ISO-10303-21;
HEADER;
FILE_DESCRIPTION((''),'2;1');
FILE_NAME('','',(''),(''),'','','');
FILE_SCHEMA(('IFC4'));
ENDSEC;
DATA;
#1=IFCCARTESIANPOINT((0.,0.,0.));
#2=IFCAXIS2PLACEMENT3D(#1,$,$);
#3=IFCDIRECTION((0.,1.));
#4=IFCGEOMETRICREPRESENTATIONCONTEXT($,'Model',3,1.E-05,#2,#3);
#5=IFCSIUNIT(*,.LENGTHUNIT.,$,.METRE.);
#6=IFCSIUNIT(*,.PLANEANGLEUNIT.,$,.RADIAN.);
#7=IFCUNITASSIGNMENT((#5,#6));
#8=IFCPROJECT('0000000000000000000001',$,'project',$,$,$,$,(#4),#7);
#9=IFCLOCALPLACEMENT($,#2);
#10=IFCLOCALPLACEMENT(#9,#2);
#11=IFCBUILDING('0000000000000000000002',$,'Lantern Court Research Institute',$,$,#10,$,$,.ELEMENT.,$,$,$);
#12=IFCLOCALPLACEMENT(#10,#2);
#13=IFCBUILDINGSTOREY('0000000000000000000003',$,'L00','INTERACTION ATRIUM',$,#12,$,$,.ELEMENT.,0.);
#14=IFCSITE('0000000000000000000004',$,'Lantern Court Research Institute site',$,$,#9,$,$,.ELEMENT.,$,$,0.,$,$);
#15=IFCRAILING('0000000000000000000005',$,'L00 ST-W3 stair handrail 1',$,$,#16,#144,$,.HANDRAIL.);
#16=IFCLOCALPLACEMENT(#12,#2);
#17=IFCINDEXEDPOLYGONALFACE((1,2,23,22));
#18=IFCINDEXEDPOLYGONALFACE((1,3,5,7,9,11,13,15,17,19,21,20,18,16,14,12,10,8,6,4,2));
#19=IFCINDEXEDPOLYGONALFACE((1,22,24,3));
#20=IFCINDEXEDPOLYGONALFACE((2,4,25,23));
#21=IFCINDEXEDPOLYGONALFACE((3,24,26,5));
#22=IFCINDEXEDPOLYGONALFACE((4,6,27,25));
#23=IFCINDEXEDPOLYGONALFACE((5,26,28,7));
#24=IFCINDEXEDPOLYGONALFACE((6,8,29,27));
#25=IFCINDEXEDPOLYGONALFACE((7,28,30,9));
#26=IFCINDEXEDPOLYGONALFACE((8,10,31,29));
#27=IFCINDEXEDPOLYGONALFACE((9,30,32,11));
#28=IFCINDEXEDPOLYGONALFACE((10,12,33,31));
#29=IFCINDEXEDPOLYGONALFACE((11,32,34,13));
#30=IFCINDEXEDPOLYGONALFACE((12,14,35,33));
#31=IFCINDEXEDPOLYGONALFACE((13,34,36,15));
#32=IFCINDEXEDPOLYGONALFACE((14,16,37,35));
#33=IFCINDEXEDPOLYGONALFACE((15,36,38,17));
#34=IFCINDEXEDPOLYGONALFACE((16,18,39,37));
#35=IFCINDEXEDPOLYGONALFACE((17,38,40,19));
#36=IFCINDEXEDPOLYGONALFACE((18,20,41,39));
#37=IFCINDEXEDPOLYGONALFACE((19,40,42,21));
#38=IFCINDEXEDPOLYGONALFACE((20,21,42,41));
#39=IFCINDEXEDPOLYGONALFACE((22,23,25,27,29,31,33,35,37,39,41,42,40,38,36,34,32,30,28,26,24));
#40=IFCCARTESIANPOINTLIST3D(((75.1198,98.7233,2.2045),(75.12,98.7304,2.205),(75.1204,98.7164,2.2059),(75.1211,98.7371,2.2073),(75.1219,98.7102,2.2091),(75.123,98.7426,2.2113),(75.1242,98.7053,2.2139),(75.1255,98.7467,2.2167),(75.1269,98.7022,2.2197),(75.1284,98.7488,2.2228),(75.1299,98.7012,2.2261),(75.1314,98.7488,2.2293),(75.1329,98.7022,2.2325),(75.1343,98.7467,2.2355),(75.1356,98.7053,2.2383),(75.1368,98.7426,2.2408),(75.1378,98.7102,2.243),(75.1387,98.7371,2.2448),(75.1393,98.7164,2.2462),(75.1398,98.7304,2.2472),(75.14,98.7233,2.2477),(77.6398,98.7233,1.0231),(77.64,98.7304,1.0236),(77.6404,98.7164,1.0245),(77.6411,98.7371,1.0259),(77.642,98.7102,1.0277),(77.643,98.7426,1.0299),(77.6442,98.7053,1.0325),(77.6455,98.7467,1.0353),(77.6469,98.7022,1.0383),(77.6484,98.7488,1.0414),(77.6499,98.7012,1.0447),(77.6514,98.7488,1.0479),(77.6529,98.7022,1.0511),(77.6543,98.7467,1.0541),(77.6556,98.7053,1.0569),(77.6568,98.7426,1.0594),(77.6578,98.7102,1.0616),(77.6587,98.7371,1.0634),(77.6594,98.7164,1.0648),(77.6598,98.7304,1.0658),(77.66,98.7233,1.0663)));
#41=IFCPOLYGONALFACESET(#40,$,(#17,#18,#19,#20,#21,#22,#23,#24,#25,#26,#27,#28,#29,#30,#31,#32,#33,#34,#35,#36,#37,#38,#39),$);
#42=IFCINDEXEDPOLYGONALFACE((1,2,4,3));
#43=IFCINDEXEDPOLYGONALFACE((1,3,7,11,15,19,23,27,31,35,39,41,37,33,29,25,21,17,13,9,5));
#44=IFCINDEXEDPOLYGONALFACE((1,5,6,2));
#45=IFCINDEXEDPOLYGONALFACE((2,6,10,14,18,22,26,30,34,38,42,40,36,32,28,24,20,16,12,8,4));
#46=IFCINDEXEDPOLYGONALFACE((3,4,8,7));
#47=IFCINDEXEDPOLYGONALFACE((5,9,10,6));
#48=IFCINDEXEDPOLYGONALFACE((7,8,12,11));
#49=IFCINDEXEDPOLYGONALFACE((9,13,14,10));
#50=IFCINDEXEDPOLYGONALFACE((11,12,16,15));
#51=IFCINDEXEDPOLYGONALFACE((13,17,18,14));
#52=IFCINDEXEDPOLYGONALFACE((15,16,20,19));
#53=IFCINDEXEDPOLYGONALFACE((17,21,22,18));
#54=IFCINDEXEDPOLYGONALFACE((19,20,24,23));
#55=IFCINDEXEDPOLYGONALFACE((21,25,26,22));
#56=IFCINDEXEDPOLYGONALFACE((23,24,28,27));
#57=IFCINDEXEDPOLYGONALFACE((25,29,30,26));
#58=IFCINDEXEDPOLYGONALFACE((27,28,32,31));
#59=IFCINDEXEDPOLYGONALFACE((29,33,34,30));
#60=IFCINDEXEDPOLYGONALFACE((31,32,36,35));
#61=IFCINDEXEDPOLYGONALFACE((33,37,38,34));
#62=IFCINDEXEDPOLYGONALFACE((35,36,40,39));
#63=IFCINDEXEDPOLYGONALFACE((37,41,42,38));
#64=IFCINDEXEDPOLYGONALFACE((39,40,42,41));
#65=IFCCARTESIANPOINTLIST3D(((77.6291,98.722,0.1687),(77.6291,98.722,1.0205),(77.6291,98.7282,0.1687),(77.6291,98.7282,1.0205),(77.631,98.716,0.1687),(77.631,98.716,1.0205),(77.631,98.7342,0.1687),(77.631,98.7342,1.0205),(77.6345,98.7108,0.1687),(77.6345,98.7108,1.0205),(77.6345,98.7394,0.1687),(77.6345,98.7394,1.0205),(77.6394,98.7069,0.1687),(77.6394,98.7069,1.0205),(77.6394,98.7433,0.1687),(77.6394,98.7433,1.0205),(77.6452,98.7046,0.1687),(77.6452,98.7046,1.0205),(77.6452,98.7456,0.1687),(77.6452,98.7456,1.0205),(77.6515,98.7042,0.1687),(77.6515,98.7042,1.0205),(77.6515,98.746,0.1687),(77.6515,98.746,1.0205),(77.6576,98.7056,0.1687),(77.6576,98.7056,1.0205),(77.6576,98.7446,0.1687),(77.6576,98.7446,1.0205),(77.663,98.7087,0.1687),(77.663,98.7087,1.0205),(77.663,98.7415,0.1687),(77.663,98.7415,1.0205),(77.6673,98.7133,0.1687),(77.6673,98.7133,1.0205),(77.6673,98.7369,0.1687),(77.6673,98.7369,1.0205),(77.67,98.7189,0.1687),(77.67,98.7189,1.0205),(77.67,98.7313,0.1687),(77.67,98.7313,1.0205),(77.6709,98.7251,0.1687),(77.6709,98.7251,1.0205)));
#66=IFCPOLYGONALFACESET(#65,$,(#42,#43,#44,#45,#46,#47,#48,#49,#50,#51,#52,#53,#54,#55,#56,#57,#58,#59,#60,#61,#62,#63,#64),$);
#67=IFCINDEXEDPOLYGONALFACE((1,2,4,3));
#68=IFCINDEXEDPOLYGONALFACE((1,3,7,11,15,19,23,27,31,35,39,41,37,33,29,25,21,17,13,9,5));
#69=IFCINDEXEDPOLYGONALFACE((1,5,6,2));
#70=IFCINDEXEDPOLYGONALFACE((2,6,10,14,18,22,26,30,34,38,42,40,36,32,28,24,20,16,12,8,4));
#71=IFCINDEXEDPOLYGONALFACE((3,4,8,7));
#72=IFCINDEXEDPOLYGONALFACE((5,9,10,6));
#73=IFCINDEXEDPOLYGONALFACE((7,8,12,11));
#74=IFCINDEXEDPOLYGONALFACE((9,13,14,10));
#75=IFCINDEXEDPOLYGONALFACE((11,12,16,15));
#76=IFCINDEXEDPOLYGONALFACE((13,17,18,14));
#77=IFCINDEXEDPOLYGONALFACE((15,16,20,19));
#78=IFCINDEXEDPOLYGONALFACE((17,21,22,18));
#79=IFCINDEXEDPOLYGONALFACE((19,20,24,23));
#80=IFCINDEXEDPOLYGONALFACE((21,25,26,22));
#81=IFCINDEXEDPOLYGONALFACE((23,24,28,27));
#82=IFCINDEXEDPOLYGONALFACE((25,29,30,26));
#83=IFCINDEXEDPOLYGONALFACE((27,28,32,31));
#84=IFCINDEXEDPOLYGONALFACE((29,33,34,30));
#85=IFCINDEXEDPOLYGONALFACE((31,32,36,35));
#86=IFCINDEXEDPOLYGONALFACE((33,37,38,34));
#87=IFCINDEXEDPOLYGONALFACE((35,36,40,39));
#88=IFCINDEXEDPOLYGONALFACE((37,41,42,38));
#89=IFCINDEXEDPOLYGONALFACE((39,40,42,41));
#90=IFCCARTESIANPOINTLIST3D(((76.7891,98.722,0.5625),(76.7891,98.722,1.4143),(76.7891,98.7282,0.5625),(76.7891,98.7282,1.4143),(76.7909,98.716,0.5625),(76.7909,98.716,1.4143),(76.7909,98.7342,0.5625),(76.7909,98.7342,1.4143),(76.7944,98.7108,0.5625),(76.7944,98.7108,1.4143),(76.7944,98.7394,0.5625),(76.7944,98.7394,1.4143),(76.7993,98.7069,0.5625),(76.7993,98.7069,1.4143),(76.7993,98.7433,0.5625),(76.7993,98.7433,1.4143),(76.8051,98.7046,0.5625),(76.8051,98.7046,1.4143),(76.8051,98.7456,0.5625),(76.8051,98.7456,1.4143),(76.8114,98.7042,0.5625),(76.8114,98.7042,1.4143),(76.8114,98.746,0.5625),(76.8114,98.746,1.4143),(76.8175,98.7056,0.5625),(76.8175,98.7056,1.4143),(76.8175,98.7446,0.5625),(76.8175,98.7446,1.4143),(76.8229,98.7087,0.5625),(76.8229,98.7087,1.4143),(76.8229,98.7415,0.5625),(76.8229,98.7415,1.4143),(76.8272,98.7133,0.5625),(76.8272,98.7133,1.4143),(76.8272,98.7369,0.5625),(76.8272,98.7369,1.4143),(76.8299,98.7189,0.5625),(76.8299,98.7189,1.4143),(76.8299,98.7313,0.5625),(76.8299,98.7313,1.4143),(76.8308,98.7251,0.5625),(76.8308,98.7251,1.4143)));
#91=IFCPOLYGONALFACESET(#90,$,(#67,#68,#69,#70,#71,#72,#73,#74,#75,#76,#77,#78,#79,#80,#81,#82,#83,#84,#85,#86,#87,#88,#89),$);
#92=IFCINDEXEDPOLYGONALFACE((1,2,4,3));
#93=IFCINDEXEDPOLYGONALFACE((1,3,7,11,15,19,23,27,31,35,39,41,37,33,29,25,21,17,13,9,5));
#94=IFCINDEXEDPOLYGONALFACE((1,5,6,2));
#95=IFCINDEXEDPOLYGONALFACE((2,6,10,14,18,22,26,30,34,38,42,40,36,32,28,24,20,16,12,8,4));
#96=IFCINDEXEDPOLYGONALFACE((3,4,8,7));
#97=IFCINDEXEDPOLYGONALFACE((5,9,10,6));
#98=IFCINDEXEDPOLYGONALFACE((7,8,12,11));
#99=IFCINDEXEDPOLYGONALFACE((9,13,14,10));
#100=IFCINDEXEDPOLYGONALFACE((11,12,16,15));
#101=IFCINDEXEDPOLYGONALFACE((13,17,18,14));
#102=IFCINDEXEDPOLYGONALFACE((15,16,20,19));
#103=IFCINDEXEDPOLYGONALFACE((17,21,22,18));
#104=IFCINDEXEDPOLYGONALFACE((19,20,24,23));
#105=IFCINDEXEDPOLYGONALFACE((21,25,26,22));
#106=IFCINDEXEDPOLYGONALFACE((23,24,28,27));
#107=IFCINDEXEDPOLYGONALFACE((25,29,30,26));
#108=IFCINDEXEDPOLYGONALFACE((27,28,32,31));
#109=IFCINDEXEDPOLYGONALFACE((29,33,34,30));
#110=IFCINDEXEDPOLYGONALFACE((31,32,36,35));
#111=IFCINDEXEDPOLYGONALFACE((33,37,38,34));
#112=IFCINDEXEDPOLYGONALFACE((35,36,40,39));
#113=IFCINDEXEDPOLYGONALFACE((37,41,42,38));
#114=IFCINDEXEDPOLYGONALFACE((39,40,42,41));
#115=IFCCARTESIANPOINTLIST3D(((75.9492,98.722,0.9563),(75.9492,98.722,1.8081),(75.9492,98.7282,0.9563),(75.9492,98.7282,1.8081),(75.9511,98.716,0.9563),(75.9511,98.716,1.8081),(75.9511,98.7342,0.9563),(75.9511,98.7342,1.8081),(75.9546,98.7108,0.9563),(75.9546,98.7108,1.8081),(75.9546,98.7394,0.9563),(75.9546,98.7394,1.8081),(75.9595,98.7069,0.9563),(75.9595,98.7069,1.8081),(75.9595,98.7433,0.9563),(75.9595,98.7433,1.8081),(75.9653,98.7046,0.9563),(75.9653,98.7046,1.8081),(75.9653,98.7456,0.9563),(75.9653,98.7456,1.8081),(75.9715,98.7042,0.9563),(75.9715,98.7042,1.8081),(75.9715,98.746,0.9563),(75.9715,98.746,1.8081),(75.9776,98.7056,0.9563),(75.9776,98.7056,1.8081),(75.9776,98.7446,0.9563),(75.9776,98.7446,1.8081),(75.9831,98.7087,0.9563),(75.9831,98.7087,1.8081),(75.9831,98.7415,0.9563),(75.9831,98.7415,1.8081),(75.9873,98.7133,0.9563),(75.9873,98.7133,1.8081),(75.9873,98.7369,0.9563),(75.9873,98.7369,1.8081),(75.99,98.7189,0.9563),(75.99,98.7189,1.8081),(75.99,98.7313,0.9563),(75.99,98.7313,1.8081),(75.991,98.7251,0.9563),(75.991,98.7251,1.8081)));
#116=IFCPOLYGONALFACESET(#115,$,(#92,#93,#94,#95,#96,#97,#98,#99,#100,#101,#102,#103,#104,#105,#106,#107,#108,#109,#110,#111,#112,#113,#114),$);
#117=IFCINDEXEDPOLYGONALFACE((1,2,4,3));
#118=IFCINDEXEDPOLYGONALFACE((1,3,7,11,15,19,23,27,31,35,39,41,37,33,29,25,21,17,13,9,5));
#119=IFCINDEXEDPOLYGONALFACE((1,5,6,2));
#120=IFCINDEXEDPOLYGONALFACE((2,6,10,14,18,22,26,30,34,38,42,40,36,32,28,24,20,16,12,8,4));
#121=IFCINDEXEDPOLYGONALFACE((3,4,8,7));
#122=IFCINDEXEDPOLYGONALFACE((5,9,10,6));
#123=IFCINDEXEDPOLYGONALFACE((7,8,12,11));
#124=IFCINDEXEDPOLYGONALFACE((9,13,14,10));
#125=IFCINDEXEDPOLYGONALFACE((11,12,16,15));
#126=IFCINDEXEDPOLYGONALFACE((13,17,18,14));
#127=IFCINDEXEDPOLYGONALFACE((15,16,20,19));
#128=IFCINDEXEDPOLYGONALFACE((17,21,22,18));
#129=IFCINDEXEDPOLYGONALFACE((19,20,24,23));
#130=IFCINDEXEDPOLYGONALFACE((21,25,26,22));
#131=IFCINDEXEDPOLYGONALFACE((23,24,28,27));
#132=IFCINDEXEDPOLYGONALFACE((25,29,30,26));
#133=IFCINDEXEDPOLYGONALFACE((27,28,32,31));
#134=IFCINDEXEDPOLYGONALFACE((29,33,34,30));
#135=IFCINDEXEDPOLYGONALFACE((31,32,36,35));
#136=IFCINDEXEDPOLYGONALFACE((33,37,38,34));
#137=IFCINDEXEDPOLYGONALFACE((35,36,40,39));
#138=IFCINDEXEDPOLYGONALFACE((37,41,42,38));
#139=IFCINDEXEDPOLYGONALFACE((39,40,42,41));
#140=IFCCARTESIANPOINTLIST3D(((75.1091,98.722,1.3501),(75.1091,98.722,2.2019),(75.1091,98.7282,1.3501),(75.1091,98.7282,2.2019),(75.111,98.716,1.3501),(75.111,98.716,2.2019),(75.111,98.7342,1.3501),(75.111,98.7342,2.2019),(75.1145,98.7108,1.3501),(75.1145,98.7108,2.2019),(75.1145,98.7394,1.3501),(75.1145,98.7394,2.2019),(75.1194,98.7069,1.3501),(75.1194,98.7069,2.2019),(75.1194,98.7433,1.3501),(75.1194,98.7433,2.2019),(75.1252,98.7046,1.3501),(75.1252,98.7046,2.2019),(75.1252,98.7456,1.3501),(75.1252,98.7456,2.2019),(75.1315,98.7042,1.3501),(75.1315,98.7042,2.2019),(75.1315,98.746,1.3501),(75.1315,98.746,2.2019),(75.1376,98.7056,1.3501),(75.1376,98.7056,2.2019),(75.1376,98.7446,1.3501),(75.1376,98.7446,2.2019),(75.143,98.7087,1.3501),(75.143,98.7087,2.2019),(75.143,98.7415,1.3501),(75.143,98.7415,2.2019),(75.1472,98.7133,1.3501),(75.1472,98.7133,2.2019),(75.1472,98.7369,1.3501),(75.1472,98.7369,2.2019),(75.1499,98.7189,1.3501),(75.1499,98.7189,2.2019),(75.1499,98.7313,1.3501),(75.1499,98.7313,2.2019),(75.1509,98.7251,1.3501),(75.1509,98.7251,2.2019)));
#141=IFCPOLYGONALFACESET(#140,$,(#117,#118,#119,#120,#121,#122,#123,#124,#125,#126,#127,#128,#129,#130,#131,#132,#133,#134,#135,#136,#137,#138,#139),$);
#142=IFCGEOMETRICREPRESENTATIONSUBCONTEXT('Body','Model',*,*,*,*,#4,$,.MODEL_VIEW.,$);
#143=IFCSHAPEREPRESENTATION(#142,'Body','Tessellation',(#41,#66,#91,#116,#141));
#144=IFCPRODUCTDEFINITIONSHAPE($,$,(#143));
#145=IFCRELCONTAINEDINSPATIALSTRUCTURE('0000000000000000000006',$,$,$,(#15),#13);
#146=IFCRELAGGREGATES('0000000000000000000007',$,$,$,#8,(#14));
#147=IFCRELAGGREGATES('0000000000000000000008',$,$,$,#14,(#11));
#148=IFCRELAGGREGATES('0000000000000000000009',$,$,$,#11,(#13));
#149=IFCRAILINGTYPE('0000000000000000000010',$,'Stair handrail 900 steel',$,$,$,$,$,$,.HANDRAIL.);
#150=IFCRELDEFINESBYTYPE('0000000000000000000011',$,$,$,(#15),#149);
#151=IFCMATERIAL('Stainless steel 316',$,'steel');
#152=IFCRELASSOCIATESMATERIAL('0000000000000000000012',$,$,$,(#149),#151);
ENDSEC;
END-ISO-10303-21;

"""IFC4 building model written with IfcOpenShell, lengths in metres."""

from ifc_helpers import new_model, si_unit, direction, frame, origin, origin_2d, place, context, subcontext, project, spatial, circle, extrude, material, type_object, element, save


model = new_model("IFC4")

# Units and contexts
model_context = context("Model", 3, precision=1e-05, world=origin(), true_north=direction((0.0, 1.0)))
body_context = subcontext(model_context, "Body", "Model", "MODEL_VIEW")
ifc_project = project(units=[si_unit("LENGTHUNIT", "METRE"), si_unit("PLANEANGLEUNIT", "RADIAN")], contexts=[model_context])

# Site, building, storey
site_placement = place(None, origin())
site = spatial("IfcSite", under=ifc_project, at=site_placement, Name="Lantern Court Research Institute site", CompositionType="ELEMENT", RefElevation=0.0)
building_placement = place(site_placement, origin())
building = spatial("IfcBuilding", under=site, at=building_placement, Name="Lantern Court Research Institute", CompositionType="ELEMENT")
storey_placement = place(building_placement, origin())
storey = spatial("IfcBuildingStorey", under=building, at=storey_placement, Name="L00", Description="INTERACTION ATRIUM", CompositionType="ELEMENT", Elevation=0.0)

# Railing
ifc_material_1 = material(Name="Stainless steel 316", Category="steel")
railing_type_1 = type_object("IfcRailingType", Name="Stair handrail 900 steel", PredefinedType="HANDRAIL", material=ifc_material_1)
railing_1_placement = place(storey_placement, frame((77.6499, 98.7251, 0.1687)))
element("IfcRailing", 1, at=railing_1_placement, inside=storey, type_object=railing_type_1, Name="L00 ST-W3 stair handrail 1", PredefinedType="HANDRAIL", context=body_context, shape_type="SweptSolid", body=[
    extrude(circle(Radius=0.0239, at=origin_2d()), frame((0.0, 0.0, 0.876), z_axis=(-0.90544, 0.0, 0.424474), x_axis=(0.0, -1.0, 0.0)), (0.0, 0.0, 1.0), 2.7832),
    extrude(circle(Radius=0.021, at=origin_2d()), origin(), (0.0, 0.0, 1.0), 0.8518),
    extrude(circle(Radius=0.021, at=origin_2d()), frame((-0.8401, 0.0, 0.3938)), (0.0, 0.0, 1.0), 0.8518),
    extrude(circle(Radius=0.021, at=origin_2d()), frame((-1.6799, 0.0, 0.7876)), (0.0, 0.0, 1.0), 0.8518),
    extrude(circle(Radius=0.021, at=origin_2d()), frame((-2.52, 0.0, 1.1814)), (0.0, 0.0, 1.0), 0.8518),
])

save(model, "model.ifc")
